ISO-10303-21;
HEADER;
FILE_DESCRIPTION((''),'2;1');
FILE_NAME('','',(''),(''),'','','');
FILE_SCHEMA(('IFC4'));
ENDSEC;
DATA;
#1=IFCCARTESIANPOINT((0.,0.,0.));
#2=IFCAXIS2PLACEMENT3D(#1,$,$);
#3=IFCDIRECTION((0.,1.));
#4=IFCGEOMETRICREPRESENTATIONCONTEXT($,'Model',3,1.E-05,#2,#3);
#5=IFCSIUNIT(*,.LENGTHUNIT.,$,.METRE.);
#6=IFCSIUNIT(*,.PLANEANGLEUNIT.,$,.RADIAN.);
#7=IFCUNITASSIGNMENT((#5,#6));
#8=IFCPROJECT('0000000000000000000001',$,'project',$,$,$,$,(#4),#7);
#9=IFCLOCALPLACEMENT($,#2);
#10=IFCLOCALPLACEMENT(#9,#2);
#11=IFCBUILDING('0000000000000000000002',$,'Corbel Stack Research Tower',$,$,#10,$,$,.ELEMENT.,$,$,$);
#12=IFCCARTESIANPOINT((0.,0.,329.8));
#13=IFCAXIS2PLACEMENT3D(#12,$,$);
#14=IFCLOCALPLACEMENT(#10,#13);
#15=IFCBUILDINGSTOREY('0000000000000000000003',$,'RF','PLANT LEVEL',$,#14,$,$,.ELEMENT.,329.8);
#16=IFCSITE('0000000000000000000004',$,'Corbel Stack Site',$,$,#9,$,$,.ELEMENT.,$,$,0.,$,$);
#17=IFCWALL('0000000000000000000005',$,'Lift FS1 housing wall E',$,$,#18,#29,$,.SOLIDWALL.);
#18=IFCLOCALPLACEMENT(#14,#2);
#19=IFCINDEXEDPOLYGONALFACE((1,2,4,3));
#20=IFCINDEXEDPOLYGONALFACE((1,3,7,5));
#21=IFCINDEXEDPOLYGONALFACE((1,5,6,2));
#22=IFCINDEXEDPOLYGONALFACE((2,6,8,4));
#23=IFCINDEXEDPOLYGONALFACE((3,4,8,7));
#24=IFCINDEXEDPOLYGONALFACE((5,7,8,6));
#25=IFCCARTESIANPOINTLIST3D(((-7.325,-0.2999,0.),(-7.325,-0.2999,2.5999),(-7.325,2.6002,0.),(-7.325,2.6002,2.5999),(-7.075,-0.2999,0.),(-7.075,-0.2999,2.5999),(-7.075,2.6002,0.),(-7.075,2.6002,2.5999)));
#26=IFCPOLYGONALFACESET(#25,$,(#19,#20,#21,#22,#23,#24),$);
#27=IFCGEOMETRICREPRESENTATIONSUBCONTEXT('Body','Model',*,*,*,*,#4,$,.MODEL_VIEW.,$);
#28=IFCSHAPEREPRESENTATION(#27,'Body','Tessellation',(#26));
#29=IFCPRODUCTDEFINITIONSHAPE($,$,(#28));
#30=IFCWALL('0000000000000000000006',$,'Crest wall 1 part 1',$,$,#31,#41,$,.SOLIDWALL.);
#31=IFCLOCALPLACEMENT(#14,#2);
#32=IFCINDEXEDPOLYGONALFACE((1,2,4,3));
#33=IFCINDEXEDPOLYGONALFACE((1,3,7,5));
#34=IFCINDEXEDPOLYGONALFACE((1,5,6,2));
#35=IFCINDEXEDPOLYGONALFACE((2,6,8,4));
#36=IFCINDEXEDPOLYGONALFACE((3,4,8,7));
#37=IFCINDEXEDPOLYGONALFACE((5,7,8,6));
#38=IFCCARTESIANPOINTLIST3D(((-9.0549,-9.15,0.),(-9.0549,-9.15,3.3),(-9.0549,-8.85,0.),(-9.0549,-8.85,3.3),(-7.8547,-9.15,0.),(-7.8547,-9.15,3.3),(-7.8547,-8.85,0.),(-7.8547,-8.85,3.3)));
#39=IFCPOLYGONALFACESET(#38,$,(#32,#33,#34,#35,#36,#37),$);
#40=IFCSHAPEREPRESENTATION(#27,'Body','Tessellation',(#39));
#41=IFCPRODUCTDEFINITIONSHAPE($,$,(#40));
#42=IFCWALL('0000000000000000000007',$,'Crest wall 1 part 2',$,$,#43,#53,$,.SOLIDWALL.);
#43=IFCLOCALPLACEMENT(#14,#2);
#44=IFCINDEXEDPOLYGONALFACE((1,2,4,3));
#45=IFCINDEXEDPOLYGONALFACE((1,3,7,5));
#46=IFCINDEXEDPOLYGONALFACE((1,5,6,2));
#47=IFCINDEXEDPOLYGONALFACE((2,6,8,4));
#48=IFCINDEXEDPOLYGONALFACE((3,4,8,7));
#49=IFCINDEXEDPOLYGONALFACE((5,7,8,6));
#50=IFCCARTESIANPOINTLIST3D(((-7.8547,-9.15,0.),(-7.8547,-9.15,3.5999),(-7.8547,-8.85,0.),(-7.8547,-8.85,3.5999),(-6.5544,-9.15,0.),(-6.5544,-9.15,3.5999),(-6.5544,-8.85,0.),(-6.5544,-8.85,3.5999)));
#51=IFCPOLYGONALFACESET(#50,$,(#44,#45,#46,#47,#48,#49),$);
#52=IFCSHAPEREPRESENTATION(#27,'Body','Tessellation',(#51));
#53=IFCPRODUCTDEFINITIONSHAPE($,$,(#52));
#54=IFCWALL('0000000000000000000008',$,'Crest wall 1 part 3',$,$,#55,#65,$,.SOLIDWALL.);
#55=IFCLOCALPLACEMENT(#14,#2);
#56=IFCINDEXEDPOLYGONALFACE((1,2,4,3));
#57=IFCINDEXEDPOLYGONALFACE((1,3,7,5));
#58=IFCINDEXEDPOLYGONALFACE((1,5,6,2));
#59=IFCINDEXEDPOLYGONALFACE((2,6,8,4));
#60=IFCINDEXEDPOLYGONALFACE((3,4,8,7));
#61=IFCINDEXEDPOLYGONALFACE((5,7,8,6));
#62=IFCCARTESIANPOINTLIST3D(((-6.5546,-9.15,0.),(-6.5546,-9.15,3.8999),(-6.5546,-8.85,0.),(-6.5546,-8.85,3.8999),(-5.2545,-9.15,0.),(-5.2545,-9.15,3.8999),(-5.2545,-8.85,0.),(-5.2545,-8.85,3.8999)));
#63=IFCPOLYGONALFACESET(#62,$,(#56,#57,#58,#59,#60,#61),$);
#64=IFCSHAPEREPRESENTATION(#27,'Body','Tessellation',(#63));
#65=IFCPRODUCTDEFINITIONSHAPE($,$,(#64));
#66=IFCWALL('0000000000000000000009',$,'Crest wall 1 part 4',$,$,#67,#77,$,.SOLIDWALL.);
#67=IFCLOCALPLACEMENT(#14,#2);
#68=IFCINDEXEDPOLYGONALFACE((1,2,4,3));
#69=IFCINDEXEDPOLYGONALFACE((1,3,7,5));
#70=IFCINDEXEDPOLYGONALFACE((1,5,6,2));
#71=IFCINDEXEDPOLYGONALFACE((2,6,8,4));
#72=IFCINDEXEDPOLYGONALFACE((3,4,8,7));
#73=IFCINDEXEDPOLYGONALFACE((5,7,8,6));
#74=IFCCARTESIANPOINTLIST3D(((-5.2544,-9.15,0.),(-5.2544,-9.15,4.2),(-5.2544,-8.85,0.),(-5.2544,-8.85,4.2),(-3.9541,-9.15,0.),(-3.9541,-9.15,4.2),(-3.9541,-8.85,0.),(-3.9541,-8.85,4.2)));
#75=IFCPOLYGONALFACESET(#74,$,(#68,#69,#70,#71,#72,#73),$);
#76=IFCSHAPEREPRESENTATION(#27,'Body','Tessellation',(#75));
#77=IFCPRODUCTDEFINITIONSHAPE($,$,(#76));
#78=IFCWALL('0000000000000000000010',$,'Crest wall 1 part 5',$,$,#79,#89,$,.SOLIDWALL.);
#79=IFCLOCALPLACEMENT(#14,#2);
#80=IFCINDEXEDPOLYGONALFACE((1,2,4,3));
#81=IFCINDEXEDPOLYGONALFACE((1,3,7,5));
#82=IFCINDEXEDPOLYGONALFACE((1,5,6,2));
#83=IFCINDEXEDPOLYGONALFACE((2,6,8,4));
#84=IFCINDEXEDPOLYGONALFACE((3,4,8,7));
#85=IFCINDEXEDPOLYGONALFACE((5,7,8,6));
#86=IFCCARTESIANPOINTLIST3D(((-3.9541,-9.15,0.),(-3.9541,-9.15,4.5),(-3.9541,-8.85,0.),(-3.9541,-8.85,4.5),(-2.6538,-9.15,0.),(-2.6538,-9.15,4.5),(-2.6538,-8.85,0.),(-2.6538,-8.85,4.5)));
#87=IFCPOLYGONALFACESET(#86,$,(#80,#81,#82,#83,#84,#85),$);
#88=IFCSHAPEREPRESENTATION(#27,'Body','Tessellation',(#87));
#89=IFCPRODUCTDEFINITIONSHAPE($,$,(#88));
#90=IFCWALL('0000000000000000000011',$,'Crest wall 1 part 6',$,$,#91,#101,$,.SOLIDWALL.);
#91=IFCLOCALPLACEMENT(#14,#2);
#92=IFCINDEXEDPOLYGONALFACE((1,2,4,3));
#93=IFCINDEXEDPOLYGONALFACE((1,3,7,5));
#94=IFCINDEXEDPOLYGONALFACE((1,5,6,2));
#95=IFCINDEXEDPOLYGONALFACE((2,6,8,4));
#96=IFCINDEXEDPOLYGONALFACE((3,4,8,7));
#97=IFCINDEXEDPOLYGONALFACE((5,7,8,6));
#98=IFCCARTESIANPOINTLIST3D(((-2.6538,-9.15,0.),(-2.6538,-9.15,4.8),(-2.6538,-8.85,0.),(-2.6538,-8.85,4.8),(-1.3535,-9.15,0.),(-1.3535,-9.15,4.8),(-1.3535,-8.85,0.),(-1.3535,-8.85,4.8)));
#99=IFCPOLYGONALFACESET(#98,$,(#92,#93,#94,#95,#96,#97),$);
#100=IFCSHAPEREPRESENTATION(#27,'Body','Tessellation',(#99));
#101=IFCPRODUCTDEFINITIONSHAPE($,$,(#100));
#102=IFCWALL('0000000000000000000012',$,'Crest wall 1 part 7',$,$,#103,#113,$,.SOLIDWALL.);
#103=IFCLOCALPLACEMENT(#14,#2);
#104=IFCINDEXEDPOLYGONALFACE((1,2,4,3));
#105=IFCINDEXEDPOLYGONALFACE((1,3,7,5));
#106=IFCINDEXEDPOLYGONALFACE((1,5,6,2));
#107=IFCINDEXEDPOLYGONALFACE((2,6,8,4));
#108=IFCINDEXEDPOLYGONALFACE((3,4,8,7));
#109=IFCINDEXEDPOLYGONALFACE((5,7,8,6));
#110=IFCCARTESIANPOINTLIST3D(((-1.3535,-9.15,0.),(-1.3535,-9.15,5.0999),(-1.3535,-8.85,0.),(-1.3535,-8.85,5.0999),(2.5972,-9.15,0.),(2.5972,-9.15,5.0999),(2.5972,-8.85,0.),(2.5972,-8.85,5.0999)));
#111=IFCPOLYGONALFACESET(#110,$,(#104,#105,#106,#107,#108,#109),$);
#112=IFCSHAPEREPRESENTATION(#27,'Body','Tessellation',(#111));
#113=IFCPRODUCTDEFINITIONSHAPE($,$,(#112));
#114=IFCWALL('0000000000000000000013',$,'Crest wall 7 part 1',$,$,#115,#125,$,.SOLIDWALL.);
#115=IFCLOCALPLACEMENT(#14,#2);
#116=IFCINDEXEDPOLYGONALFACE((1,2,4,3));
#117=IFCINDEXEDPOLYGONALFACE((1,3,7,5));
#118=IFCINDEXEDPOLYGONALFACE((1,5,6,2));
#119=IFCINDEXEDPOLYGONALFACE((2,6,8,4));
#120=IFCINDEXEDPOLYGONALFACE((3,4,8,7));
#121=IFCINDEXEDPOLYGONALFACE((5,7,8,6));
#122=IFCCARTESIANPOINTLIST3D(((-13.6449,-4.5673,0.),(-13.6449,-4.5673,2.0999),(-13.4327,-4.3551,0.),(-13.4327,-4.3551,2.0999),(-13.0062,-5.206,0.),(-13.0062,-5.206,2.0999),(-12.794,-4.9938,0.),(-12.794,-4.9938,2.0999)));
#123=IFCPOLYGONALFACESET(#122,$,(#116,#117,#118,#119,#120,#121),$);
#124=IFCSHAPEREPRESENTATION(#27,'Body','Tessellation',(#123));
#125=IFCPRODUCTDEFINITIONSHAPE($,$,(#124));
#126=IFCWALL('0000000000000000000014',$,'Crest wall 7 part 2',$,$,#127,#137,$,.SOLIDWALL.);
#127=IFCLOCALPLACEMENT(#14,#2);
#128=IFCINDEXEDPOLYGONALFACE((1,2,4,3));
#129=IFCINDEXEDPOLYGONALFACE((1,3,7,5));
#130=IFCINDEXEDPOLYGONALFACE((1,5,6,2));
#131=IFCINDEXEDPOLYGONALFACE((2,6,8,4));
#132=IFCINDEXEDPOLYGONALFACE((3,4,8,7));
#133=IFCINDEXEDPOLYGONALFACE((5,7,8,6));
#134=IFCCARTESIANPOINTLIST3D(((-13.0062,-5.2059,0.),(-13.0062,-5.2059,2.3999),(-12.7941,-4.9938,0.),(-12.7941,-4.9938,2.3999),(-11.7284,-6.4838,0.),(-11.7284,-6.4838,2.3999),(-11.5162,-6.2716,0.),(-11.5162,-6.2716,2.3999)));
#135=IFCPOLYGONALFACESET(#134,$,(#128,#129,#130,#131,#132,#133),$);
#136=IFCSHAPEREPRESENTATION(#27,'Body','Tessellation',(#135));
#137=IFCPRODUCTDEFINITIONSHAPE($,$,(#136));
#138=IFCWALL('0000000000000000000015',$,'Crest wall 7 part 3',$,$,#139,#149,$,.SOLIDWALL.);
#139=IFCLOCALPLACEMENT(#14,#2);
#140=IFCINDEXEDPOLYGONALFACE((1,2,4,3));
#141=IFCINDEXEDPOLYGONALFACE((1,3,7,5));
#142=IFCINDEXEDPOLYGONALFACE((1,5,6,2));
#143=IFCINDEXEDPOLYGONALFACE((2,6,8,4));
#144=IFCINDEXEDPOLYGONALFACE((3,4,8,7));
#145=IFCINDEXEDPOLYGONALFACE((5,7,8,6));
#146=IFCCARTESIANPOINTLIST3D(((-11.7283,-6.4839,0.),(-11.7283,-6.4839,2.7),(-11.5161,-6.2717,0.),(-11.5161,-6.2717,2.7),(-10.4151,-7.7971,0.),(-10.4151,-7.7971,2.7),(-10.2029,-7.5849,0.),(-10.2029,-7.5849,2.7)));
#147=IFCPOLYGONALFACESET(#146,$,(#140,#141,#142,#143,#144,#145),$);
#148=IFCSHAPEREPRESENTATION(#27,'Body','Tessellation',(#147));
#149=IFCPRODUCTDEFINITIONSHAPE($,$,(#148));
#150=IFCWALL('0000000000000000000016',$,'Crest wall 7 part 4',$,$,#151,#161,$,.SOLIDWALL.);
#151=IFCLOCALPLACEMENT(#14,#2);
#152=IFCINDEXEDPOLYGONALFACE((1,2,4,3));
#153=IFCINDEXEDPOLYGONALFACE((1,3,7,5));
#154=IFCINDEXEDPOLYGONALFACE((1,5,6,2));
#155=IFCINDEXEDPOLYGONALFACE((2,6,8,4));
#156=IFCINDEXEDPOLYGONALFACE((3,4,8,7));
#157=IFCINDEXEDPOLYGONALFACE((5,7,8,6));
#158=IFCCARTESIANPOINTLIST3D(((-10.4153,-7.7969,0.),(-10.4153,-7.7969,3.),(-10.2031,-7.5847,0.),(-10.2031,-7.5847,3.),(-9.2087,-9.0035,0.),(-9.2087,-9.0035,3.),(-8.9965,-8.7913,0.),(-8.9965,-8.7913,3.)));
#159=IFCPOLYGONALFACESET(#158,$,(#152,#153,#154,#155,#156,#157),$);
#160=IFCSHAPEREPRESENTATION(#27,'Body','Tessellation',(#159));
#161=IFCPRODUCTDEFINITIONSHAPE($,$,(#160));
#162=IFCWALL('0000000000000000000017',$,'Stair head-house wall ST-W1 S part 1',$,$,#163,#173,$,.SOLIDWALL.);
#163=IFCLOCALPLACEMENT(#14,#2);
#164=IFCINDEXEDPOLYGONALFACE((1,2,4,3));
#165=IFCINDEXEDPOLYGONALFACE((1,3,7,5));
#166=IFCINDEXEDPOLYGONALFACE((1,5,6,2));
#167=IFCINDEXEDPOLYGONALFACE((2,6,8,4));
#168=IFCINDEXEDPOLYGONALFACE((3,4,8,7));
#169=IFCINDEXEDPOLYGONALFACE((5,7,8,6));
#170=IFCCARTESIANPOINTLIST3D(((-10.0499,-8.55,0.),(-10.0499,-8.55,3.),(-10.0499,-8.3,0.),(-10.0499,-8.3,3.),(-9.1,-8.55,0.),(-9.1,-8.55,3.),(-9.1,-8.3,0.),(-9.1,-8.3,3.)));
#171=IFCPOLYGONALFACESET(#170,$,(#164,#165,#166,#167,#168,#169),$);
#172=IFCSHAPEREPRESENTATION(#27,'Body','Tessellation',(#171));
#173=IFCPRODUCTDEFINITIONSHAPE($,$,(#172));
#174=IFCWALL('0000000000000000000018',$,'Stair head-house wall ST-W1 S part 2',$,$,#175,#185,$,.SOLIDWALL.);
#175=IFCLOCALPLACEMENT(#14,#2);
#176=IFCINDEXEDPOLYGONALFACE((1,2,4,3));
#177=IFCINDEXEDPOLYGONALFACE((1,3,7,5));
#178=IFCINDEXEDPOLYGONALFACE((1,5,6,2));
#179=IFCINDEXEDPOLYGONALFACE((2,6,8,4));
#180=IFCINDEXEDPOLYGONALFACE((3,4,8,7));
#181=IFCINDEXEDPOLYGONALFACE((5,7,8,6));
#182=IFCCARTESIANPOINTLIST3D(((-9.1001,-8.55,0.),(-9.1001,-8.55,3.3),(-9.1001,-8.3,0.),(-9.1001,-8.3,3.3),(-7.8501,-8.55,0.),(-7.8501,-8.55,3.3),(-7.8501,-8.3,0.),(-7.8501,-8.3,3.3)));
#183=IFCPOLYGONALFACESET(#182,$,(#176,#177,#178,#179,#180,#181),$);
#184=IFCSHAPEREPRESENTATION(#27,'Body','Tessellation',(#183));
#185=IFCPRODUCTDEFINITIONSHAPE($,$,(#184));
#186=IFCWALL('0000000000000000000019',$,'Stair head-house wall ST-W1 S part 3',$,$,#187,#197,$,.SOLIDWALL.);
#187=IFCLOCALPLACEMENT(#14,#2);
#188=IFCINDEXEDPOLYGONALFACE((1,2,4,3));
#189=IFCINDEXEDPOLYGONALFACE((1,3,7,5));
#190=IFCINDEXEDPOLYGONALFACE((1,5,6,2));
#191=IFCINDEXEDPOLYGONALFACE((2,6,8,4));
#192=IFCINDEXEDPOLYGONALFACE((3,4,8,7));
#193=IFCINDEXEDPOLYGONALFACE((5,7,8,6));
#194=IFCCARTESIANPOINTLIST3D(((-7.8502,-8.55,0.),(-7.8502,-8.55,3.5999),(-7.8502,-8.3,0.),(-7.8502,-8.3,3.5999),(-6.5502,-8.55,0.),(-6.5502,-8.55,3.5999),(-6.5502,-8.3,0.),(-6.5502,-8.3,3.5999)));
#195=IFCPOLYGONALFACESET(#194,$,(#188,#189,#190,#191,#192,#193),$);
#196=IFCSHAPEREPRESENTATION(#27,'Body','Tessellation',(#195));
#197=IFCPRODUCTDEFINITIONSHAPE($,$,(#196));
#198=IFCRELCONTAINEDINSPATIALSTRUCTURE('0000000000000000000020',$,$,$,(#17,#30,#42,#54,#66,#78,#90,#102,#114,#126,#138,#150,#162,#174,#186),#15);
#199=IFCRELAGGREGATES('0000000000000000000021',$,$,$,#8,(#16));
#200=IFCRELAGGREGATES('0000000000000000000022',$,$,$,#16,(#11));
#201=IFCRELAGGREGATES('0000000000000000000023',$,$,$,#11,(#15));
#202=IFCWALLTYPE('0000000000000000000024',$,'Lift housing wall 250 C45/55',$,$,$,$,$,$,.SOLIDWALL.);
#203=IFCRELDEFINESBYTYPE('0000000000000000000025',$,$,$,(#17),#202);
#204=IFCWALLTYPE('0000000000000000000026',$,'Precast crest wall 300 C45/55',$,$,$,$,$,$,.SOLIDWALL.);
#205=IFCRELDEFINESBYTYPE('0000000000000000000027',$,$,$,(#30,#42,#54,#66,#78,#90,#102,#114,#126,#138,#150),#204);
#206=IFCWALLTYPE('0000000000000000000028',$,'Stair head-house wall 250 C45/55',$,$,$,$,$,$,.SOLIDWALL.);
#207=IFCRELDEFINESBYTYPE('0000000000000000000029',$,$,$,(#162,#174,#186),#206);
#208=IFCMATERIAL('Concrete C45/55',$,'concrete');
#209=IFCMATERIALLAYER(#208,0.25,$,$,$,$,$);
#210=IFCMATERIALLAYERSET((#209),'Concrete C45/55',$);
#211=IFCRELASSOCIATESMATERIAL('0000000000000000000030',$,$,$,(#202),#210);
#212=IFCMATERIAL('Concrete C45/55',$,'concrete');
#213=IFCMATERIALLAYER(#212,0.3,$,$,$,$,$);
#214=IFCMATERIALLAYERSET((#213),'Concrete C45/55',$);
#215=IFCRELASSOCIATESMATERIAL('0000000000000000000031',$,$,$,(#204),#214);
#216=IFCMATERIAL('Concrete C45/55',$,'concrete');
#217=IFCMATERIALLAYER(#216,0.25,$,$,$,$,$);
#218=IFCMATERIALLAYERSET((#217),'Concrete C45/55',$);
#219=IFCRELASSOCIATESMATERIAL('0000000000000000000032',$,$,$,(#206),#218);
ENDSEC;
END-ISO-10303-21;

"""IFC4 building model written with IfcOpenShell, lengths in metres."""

from ifc_helpers import new_model, si_unit, direction, frame, frame_2d, origin, place, context, subcontext, project, spatial, rectangle, extrude, material, layer, layer_set, type_object, element, save


model = new_model("IFC4")

# Units and contexts
model_context = context("Model", 3, precision=1e-05, world=origin(), true_north=direction((0.0, 1.0)))
body_context = subcontext(model_context, "Body", "Model", "MODEL_VIEW")
ifc_project = project(units=[si_unit("LENGTHUNIT", "METRE"), si_unit("PLANEANGLEUNIT", "RADIAN")], contexts=[model_context])

# Site, building, storey
site_placement = place(None, origin())
site = spatial("IfcSite", under=ifc_project, at=site_placement, Name="Corbel Stack Site", CompositionType="ELEMENT", RefElevation=0.0)
building_placement = place(site_placement, origin())
building = spatial("IfcBuilding", under=site, at=building_placement, Name="Corbel Stack Research Tower", CompositionType="ELEMENT")
storey_placement = place(building_placement, frame((0.0, 0.0, 329.8)))
storey = spatial("IfcBuildingStorey", under=building, at=storey_placement, Name="RF", Description="PLANT LEVEL", CompositionType="ELEMENT", Elevation=329.8)

# Walls
ifc_material_1 = material(Name="Concrete C45/55", Category="concrete")
ifc_layer_1 = layer(ifc_material_1, 0.25)
ifc_layer_set_1 = layer_set([ifc_layer_1], Name="Concrete C45/55")
wall_type_1 = type_object("IfcWallType", Name="Lift housing wall 250 C45/55", PredefinedType="SOLIDWALL", material=ifc_layer_set_1)
for number, where, z_axis, x_axis, name in (
    (1, (-7.2, -0.3, 0.0), (0.0, 0.0, 1.0), (0.0, 1.0, 0.0), "Lift FS1 housing wall E"),
):
    element("IfcWall", number, at=place(storey_placement, frame(where, z_axis=z_axis, x_axis=x_axis)), inside=storey, type_object=wall_type_1, Name=name, PredefinedType="SOLIDWALL", context=body_context, shape_type="SweptSolid", body=[
        extrude(rectangle(XDim=2.9001, YDim=0.25, at=frame_2d((1.4502, 0.0))), origin(), (0.0, 0.0, 1.0), 2.5999),
    ])
ifc_material_2 = material(Name="Concrete C45/55", Category="concrete")
ifc_layer_2 = layer(ifc_material_2, 0.3)
ifc_layer_set_2 = layer_set([ifc_layer_2], Name="Concrete C45/55")
wall_type_2 = type_object("IfcWallType", Name="Precast crest wall 300 C45/55", PredefinedType="SOLIDWALL", material=ifc_layer_set_2)
wall_1_placement = place(storey_placement, frame((-9.0549, -9.0, 0.0), z_axis=(0.0, 0.0, 1.0), x_axis=(1.0, 0.0, 0.0)))
element("IfcWall", 2, at=wall_1_placement, inside=storey, type_object=wall_type_2, Name="Crest wall 1 part 1", PredefinedType="SOLIDWALL", context=body_context, shape_type="SweptSolid", body=[
    extrude(rectangle(XDim=1.2002, YDim=0.3, at=frame_2d((0.6001, 0.0))), origin(), (0.0, 0.0, 1.0), 3.3),
])
wall_2_placement = place(storey_placement, frame((-7.8547, -9.0, 0.0), z_axis=(0.0, 0.0, 1.0), x_axis=(1.0, 0.0, 0.0)))
element("IfcWall", 3, at=wall_2_placement, inside=storey, type_object=wall_type_2, Name="Crest wall 1 part 2", PredefinedType="SOLIDWALL", context=body_context, shape_type="SweptSolid", body=[
    extrude(rectangle(XDim=1.3003, YDim=0.3, at=frame_2d((0.6501, 0.0))), origin(), (0.0, 0.0, 1.0), 3.5999),
])
wall_3_placement = place(storey_placement, frame((-6.5544, -9.0, 0.0), z_axis=(0.0, 0.0, 1.0), x_axis=(1.0, 0.0, 0.0)))
element("IfcWall", 4, at=wall_3_placement, inside=storey, type_object=wall_type_2, Name="Crest wall 1 part 3", PredefinedType="SOLIDWALL", context=body_context, shape_type="SweptSolid", body=[
    extrude(rectangle(XDim=1.3, YDim=0.3, at=frame_2d((0.6499, 0.0))), origin(), (0.0, 0.0, 1.0), 3.8999),
])
wall_4_placement = place(storey_placement, frame((-5.2544, -9.0, 0.0), z_axis=(0.0, 0.0, 1.0), x_axis=(1.0, 0.0, 0.0)))
element("IfcWall", 5, at=wall_4_placement, inside=storey, type_object=wall_type_2, Name="Crest wall 1 part 4", PredefinedType="SOLIDWALL", context=body_context, shape_type="SweptSolid", body=[
    extrude(rectangle(XDim=1.3003, YDim=0.3, at=frame_2d((0.6501, 0.0))), origin(), (0.0, 0.0, 1.0), 4.2),
])
wall_5_placement = place(storey_placement, frame((-3.9541, -9.0, 0.0), z_axis=(0.0, 0.0, 1.0), x_axis=(1.0, 0.0, 0.0)))
element("IfcWall", 6, at=wall_5_placement, inside=storey, type_object=wall_type_2, Name="Crest wall 1 part 5", PredefinedType="SOLIDWALL", context=body_context, shape_type="SweptSolid", body=[
    extrude(rectangle(XDim=1.3003, YDim=0.3, at=frame_2d((0.6501, 0.0))), origin(), (0.0, 0.0, 1.0), 4.5),
])
wall_6_placement = place(storey_placement, frame((-2.6538, -9.0, 0.0), z_axis=(0.0, 0.0, 1.0), x_axis=(1.0, 0.0, 0.0)))
element("IfcWall", 7, at=wall_6_placement, inside=storey, type_object=wall_type_2, Name="Crest wall 1 part 6", PredefinedType="SOLIDWALL", context=body_context, shape_type="SweptSolid", body=[
    extrude(rectangle(XDim=1.3003, YDim=0.3, at=frame_2d((0.6501, 0.0))), origin(), (0.0, 0.0, 1.0), 4.8),
])
wall_7_placement = place(storey_placement, frame((-1.3535, -9.0, 0.0), z_axis=(0.0, 0.0, 1.0), x_axis=(1.0, 0.0, 0.0)))
element("IfcWall", 8, at=wall_7_placement, inside=storey, type_object=wall_type_2, Name="Crest wall 1 part 7", PredefinedType="SOLIDWALL", context=body_context, shape_type="SweptSolid", body=[
    extrude(rectangle(XDim=3.9507, YDim=0.3, at=frame_2d((1.9753, 0.0))), origin(), (0.0, 0.0, 1.0), 5.0999),
])
wall_8_placement = place(storey_placement, frame((-13.5388, -4.4612, 0.0), z_axis=(0.0, 0.0, 1.0), x_axis=(0.707107, -0.707107, 0.0)))
element("IfcWall", 9, at=wall_8_placement, inside=storey, type_object=wall_type_2, Name="Crest wall 7 part 1", PredefinedType="SOLIDWALL", context=body_context, shape_type="SweptSolid", body=[
    extrude(rectangle(XDim=0.9033, YDim=0.3, at=frame_2d((0.4517, 0.0))), origin(), (0.0, 0.0, 1.0), 2.0999),
])
wall_9_placement = place(storey_placement, frame((-12.9001, -5.0999, 0.0), z_axis=(0.0, 0.0, 1.0), x_axis=(0.707107, -0.707107, 0.0)))
element("IfcWall", 10, at=wall_9_placement, inside=storey, type_object=wall_type_2, Name="Crest wall 7 part 2", PredefinedType="SOLIDWALL", context=body_context, shape_type="SweptSolid", body=[
    extrude(rectangle(XDim=1.8071, YDim=0.3, at=frame_2d((0.9036, 0.0))), origin(), (0.0, 0.0, 1.0), 2.3999),
])
wall_10_placement = place(storey_placement, frame((-11.6223, -6.3777, 0.0), z_axis=(0.0, 0.0, 1.0), x_axis=(0.707107, -0.707107, 0.0)))
element("IfcWall", 11, at=wall_10_placement, inside=storey, type_object=wall_type_2, Name="Crest wall 7 part 3", PredefinedType="SOLIDWALL", context=body_context, shape_type="SweptSolid", body=[
    extrude(rectangle(XDim=1.8572, YDim=0.3, at=frame_2d((0.9287, 0.0))), origin(), (0.0, 0.0, 1.0), 2.7),
])
wall_11_placement = place(storey_placement, frame((-10.3091, -7.6909, 0.0), z_axis=(0.0, 0.0, 1.0), x_axis=(0.707107, -0.707107, 0.0)))
element("IfcWall", 12, at=wall_11_placement, inside=storey, type_object=wall_type_2, Name="Crest wall 7 part 4", PredefinedType="SOLIDWALL", context=body_context, shape_type="SweptSolid", body=[
    extrude(rectangle(XDim=1.7063, YDim=0.3, at=frame_2d((0.853, 0.0))), origin(), (0.0, 0.0, 1.0), 3.0),
])
ifc_material_3 = material(Name="Concrete C45/55", Category="concrete")
ifc_layer_3 = layer(ifc_material_3, 0.25)
ifc_layer_set_3 = layer_set([ifc_layer_3], Name="Concrete C45/55")
wall_type_3 = type_object("IfcWallType", Name="Stair head-house wall 250 C45/55", PredefinedType="SOLIDWALL", material=ifc_layer_set_3)
wall_12_placement = place(storey_placement, frame((-10.05, -8.425, 0.0), z_axis=(0.0, 0.0, 1.0), x_axis=(1.0, 0.0, 0.0)))
element("IfcWall", 13, at=wall_12_placement, inside=storey, type_object=wall_type_3, Name="Stair head-house wall ST-W1 S part 1", PredefinedType="SOLIDWALL", context=body_context, shape_type="SweptSolid", body=[
    extrude(rectangle(XDim=0.95, YDim=0.25, at=frame_2d((0.4751, 0.0))), origin(), (0.0, 0.0, 1.0), 3.0),
])
wall_13_placement = place(storey_placement, frame((-9.1001, -8.425, 0.0), z_axis=(0.0, 0.0, 1.0), x_axis=(1.0, 0.0, 0.0)))
element("IfcWall", 14, at=wall_13_placement, inside=storey, type_object=wall_type_3, Name="Stair head-house wall ST-W1 S part 2", PredefinedType="SOLIDWALL", context=body_context, shape_type="SweptSolid", body=[
    extrude(rectangle(XDim=1.25, YDim=0.25, at=frame_2d((0.625, 0.0))), origin(), (0.0, 0.0, 1.0), 3.3),
])
wall_14_placement = place(storey_placement, frame((-7.8501, -8.425, 0.0), z_axis=(0.0, 0.0, 1.0), x_axis=(1.0, 0.0, 0.0)))
element("IfcWall", 15, at=wall_14_placement, inside=storey, type_object=wall_type_3, Name="Stair head-house wall ST-W1 S part 3", PredefinedType="SOLIDWALL", context=body_context, shape_type="SweptSolid", body=[
    extrude(rectangle(XDim=1.3, YDim=0.25, at=frame_2d((0.6499, 0.0))), origin(), (0.0, 0.0, 1.0), 3.5999),
])

save(model, "model.ifc")
